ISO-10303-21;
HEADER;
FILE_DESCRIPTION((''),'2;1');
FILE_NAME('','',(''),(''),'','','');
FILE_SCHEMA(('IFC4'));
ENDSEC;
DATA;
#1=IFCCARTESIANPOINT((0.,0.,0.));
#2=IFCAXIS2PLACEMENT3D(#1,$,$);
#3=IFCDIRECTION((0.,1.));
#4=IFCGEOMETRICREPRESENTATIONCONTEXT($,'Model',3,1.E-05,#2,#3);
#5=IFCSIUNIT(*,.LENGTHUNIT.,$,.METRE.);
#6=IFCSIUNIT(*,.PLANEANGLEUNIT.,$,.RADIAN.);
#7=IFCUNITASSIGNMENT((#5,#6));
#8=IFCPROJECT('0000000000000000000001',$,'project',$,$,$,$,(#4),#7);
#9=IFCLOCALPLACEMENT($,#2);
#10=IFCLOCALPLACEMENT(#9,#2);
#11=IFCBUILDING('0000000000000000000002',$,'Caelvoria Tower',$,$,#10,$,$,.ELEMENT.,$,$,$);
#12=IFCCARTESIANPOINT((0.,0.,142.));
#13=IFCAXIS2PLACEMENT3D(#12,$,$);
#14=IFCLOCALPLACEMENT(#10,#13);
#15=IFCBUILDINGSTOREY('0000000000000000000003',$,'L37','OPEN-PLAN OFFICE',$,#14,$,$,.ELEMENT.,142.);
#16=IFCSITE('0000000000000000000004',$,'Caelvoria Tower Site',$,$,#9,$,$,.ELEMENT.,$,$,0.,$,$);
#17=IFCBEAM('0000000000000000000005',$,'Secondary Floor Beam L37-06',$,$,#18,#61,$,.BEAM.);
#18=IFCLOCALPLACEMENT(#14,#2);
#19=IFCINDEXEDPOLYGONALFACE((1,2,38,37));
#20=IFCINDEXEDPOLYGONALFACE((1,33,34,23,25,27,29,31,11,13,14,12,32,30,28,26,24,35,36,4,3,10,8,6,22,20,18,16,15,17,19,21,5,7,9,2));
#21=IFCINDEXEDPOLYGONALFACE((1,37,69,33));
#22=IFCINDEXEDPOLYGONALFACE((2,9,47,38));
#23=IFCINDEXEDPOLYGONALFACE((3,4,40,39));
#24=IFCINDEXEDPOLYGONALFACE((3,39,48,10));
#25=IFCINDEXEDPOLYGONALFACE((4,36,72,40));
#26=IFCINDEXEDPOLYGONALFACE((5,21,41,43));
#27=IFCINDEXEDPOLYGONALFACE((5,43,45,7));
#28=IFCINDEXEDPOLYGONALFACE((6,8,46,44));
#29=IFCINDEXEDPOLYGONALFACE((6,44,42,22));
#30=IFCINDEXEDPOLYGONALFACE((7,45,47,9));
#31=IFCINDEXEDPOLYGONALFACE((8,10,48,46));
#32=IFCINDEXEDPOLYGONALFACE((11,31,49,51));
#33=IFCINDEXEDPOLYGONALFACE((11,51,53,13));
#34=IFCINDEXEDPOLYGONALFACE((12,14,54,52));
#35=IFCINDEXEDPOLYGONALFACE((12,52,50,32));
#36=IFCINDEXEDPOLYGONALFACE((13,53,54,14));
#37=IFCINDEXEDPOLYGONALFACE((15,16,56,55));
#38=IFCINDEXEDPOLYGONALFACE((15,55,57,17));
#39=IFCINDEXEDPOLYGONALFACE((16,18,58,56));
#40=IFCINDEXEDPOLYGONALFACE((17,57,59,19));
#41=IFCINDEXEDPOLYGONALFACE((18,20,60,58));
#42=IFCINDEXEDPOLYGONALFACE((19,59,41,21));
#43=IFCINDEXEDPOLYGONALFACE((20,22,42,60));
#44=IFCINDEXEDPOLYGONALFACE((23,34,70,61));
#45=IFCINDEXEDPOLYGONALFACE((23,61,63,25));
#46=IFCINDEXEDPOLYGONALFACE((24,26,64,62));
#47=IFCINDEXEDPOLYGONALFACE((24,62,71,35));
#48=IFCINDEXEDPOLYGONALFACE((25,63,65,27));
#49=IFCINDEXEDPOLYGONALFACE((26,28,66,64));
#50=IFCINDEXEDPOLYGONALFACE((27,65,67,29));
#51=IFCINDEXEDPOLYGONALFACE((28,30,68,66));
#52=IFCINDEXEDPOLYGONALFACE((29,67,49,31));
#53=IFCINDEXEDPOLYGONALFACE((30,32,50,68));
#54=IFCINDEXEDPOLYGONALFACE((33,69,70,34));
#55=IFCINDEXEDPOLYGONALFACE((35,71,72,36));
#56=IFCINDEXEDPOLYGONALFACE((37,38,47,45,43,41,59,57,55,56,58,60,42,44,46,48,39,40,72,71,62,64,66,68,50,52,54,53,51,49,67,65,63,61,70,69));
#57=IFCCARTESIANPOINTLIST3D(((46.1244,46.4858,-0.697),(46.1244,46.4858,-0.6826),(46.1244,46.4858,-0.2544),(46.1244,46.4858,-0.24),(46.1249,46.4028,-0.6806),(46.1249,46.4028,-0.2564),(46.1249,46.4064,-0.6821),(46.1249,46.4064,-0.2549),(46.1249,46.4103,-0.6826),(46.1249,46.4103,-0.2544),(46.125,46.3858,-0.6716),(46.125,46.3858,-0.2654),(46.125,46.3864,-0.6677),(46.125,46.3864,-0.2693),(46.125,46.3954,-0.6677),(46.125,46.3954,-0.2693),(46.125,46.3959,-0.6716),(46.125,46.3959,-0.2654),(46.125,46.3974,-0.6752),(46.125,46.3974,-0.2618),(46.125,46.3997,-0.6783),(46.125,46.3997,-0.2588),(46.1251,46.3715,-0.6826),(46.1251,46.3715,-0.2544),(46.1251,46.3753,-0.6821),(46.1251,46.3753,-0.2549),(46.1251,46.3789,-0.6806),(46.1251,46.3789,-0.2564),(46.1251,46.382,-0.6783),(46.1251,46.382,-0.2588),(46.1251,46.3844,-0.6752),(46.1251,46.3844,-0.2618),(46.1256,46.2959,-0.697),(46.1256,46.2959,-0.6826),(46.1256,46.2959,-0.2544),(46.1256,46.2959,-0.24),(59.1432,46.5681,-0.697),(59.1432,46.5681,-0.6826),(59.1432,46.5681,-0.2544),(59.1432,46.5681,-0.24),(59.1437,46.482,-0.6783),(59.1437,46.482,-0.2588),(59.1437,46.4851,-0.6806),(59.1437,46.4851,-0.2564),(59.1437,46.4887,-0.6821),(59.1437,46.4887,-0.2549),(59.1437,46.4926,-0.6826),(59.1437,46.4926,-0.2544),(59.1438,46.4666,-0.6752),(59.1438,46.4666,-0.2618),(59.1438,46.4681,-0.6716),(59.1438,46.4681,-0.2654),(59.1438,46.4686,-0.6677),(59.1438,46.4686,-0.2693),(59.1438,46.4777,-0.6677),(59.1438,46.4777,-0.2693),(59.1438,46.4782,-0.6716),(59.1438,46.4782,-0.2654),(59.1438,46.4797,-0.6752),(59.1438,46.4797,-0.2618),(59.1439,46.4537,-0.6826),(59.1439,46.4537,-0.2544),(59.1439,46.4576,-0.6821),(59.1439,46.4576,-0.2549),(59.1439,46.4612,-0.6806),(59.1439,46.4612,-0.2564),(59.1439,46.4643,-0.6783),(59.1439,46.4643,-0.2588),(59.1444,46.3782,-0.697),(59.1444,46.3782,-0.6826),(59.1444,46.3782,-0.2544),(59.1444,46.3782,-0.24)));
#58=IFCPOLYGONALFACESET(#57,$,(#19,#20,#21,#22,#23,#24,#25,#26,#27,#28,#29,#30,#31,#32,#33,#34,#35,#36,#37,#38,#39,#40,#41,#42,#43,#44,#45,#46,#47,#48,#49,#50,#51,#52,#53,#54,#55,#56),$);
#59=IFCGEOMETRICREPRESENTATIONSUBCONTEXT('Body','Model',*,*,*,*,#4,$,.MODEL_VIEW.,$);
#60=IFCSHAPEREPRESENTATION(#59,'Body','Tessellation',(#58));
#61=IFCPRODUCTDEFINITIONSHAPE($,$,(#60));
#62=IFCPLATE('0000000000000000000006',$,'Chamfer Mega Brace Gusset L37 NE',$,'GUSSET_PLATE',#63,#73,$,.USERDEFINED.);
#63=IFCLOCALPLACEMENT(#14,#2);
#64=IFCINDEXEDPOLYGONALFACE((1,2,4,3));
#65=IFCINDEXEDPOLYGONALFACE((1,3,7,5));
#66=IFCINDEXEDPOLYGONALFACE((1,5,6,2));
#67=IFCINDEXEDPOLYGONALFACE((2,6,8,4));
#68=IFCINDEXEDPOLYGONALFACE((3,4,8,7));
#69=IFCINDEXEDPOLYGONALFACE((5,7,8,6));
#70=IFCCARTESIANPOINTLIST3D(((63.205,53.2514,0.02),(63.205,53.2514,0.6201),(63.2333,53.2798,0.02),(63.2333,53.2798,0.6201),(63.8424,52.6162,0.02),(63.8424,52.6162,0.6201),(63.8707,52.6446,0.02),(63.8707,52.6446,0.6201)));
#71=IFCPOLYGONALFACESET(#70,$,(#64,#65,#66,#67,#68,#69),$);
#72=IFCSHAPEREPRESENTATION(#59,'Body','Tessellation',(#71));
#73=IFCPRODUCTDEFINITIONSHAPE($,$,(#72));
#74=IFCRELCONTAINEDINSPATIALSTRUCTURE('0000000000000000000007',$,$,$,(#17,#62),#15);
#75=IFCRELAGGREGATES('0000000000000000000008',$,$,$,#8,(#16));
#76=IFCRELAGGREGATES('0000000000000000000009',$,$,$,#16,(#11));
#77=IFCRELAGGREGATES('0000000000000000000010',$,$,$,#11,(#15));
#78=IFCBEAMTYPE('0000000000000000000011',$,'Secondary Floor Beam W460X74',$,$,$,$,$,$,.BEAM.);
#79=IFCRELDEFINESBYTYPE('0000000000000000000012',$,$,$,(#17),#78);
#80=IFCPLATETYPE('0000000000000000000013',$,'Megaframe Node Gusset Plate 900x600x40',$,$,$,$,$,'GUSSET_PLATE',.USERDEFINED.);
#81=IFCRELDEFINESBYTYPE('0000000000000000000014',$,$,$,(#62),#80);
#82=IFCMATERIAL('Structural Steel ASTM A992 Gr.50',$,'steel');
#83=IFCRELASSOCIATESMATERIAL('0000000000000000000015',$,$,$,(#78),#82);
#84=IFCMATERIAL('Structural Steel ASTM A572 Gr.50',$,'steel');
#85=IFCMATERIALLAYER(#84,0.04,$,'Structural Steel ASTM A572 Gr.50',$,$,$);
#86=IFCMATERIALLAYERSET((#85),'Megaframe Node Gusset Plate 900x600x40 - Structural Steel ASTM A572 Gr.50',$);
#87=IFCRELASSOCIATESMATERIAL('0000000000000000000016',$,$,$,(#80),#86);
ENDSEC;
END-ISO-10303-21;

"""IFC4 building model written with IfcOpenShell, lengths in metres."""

from ifc_helpers import new_model, si_unit, direction, frame, origin, origin_2d, place, context, subcontext, project, spatial, rectangle, i_section, extrude, material, layer, layer_set, material_profile, profile_set, type_object, element, save


model = new_model("IFC4")

# Units and contexts
model_context = context("Model", 3, precision=1e-05, world=origin(), true_north=direction((0.0, 1.0)))
body_context = subcontext(model_context, "Body", "Model", "MODEL_VIEW")
ifc_project = project(units=[si_unit("LENGTHUNIT", "METRE"), si_unit("PLANEANGLEUNIT", "RADIAN")], contexts=[model_context])

# Site, building, storey
site_placement = place(None, origin())
site = spatial("IfcSite", under=ifc_project, at=site_placement, Name="Caelvoria Tower Site", CompositionType="ELEMENT", RefElevation=0.0)
building_placement = place(site_placement, origin())
building = spatial("IfcBuilding", under=site, at=building_placement, Name="Caelvoria Tower", CompositionType="ELEMENT")
storey_placement = place(building_placement, frame((0.0, 0.0, 142.0)))
storey = spatial("IfcBuildingStorey", under=building, at=storey_placement, Name="L37", Description="OPEN-PLAN OFFICE", CompositionType="ELEMENT", Elevation=142.0)

# Shared definitions
ifc_material_1 = material(Name="Structural Steel ASTM A572 Gr.50", Category="steel")

# Beam
ifc_material_2 = material(Name="Structural Steel ASTM A992 Gr.50", Category="steel")
ifc_material_profile_1 = material_profile(ifc_material_2, i_section(OverallWidth=0.1899, OverallDepth=0.457, WebThickness=0.009, FlangeThickness=0.0144, FilletRadius=0.0149, at=origin_2d()), Name="Structural Steel ASTM A992 Gr.50")
ifc_profile_set_1 = profile_set([ifc_material_profile_1], Name="W460X74 - Structural Steel ASTM A992 Gr.50")
beam_type_1 = type_object("IfcBeamType", Name="Secondary Floor Beam W460X74", PredefinedType="BEAM", material=ifc_profile_set_1)
beam_1_placement = place(storey_placement, frame((59.1438, 46.4731, -0.4685), z_axis=(-0.99998, -0.00632, 0.0), x_axis=(0.00632, -0.99998, 0.0)))
element("IfcBeam", 1, at=beam_1_placement, inside=storey, type_object=beam_type_1, Name="Secondary Floor Beam L37-06", PredefinedType="BEAM", context=body_context, shape_type="SweptSolid", body=[
    extrude(i_section(OverallWidth=0.1899, OverallDepth=0.457, WebThickness=0.009, FlangeThickness=0.0144, FilletRadius=0.0149, at=origin_2d()), origin(), (0.0, 0.0, 1.0), 13.019),
])

# Plate
ifc_layer_1 = layer(ifc_material_1, 0.04, Name="Structural Steel ASTM A572 Gr.50")
ifc_layer_set_1 = layer_set([ifc_layer_1], Name="Megaframe Node Gusset Plate 900x600x40 - Structural Steel ASTM A572 Gr.50")
plate_type = type_object("IfcPlateType", Name="Megaframe Node Gusset Plate 900x600x40", ElementType="GUSSET_PLATE", PredefinedType="USERDEFINED", material=ifc_layer_set_1)
plate_placement = place(storey_placement, frame((63.5378, 52.948, 0.02), z_axis=(0.0, 0.0, 1.0), x_axis=(0.708329, -0.705883, 0.0)))
element("IfcPlate", 2, at=plate_placement, inside=storey, type_object=plate_type, Name="Chamfer Mega Brace Gusset L37 NE", ObjectType="GUSSET_PLATE", PredefinedType="USERDEFINED", context=body_context, shape_type="SweptSolid", body=[
    extrude(rectangle(XDim=0.8999, YDim=0.04, at=origin_2d()), origin(), (0.0, 0.0, 1.0), 0.6001),
])

save(model, "model.ifc")
